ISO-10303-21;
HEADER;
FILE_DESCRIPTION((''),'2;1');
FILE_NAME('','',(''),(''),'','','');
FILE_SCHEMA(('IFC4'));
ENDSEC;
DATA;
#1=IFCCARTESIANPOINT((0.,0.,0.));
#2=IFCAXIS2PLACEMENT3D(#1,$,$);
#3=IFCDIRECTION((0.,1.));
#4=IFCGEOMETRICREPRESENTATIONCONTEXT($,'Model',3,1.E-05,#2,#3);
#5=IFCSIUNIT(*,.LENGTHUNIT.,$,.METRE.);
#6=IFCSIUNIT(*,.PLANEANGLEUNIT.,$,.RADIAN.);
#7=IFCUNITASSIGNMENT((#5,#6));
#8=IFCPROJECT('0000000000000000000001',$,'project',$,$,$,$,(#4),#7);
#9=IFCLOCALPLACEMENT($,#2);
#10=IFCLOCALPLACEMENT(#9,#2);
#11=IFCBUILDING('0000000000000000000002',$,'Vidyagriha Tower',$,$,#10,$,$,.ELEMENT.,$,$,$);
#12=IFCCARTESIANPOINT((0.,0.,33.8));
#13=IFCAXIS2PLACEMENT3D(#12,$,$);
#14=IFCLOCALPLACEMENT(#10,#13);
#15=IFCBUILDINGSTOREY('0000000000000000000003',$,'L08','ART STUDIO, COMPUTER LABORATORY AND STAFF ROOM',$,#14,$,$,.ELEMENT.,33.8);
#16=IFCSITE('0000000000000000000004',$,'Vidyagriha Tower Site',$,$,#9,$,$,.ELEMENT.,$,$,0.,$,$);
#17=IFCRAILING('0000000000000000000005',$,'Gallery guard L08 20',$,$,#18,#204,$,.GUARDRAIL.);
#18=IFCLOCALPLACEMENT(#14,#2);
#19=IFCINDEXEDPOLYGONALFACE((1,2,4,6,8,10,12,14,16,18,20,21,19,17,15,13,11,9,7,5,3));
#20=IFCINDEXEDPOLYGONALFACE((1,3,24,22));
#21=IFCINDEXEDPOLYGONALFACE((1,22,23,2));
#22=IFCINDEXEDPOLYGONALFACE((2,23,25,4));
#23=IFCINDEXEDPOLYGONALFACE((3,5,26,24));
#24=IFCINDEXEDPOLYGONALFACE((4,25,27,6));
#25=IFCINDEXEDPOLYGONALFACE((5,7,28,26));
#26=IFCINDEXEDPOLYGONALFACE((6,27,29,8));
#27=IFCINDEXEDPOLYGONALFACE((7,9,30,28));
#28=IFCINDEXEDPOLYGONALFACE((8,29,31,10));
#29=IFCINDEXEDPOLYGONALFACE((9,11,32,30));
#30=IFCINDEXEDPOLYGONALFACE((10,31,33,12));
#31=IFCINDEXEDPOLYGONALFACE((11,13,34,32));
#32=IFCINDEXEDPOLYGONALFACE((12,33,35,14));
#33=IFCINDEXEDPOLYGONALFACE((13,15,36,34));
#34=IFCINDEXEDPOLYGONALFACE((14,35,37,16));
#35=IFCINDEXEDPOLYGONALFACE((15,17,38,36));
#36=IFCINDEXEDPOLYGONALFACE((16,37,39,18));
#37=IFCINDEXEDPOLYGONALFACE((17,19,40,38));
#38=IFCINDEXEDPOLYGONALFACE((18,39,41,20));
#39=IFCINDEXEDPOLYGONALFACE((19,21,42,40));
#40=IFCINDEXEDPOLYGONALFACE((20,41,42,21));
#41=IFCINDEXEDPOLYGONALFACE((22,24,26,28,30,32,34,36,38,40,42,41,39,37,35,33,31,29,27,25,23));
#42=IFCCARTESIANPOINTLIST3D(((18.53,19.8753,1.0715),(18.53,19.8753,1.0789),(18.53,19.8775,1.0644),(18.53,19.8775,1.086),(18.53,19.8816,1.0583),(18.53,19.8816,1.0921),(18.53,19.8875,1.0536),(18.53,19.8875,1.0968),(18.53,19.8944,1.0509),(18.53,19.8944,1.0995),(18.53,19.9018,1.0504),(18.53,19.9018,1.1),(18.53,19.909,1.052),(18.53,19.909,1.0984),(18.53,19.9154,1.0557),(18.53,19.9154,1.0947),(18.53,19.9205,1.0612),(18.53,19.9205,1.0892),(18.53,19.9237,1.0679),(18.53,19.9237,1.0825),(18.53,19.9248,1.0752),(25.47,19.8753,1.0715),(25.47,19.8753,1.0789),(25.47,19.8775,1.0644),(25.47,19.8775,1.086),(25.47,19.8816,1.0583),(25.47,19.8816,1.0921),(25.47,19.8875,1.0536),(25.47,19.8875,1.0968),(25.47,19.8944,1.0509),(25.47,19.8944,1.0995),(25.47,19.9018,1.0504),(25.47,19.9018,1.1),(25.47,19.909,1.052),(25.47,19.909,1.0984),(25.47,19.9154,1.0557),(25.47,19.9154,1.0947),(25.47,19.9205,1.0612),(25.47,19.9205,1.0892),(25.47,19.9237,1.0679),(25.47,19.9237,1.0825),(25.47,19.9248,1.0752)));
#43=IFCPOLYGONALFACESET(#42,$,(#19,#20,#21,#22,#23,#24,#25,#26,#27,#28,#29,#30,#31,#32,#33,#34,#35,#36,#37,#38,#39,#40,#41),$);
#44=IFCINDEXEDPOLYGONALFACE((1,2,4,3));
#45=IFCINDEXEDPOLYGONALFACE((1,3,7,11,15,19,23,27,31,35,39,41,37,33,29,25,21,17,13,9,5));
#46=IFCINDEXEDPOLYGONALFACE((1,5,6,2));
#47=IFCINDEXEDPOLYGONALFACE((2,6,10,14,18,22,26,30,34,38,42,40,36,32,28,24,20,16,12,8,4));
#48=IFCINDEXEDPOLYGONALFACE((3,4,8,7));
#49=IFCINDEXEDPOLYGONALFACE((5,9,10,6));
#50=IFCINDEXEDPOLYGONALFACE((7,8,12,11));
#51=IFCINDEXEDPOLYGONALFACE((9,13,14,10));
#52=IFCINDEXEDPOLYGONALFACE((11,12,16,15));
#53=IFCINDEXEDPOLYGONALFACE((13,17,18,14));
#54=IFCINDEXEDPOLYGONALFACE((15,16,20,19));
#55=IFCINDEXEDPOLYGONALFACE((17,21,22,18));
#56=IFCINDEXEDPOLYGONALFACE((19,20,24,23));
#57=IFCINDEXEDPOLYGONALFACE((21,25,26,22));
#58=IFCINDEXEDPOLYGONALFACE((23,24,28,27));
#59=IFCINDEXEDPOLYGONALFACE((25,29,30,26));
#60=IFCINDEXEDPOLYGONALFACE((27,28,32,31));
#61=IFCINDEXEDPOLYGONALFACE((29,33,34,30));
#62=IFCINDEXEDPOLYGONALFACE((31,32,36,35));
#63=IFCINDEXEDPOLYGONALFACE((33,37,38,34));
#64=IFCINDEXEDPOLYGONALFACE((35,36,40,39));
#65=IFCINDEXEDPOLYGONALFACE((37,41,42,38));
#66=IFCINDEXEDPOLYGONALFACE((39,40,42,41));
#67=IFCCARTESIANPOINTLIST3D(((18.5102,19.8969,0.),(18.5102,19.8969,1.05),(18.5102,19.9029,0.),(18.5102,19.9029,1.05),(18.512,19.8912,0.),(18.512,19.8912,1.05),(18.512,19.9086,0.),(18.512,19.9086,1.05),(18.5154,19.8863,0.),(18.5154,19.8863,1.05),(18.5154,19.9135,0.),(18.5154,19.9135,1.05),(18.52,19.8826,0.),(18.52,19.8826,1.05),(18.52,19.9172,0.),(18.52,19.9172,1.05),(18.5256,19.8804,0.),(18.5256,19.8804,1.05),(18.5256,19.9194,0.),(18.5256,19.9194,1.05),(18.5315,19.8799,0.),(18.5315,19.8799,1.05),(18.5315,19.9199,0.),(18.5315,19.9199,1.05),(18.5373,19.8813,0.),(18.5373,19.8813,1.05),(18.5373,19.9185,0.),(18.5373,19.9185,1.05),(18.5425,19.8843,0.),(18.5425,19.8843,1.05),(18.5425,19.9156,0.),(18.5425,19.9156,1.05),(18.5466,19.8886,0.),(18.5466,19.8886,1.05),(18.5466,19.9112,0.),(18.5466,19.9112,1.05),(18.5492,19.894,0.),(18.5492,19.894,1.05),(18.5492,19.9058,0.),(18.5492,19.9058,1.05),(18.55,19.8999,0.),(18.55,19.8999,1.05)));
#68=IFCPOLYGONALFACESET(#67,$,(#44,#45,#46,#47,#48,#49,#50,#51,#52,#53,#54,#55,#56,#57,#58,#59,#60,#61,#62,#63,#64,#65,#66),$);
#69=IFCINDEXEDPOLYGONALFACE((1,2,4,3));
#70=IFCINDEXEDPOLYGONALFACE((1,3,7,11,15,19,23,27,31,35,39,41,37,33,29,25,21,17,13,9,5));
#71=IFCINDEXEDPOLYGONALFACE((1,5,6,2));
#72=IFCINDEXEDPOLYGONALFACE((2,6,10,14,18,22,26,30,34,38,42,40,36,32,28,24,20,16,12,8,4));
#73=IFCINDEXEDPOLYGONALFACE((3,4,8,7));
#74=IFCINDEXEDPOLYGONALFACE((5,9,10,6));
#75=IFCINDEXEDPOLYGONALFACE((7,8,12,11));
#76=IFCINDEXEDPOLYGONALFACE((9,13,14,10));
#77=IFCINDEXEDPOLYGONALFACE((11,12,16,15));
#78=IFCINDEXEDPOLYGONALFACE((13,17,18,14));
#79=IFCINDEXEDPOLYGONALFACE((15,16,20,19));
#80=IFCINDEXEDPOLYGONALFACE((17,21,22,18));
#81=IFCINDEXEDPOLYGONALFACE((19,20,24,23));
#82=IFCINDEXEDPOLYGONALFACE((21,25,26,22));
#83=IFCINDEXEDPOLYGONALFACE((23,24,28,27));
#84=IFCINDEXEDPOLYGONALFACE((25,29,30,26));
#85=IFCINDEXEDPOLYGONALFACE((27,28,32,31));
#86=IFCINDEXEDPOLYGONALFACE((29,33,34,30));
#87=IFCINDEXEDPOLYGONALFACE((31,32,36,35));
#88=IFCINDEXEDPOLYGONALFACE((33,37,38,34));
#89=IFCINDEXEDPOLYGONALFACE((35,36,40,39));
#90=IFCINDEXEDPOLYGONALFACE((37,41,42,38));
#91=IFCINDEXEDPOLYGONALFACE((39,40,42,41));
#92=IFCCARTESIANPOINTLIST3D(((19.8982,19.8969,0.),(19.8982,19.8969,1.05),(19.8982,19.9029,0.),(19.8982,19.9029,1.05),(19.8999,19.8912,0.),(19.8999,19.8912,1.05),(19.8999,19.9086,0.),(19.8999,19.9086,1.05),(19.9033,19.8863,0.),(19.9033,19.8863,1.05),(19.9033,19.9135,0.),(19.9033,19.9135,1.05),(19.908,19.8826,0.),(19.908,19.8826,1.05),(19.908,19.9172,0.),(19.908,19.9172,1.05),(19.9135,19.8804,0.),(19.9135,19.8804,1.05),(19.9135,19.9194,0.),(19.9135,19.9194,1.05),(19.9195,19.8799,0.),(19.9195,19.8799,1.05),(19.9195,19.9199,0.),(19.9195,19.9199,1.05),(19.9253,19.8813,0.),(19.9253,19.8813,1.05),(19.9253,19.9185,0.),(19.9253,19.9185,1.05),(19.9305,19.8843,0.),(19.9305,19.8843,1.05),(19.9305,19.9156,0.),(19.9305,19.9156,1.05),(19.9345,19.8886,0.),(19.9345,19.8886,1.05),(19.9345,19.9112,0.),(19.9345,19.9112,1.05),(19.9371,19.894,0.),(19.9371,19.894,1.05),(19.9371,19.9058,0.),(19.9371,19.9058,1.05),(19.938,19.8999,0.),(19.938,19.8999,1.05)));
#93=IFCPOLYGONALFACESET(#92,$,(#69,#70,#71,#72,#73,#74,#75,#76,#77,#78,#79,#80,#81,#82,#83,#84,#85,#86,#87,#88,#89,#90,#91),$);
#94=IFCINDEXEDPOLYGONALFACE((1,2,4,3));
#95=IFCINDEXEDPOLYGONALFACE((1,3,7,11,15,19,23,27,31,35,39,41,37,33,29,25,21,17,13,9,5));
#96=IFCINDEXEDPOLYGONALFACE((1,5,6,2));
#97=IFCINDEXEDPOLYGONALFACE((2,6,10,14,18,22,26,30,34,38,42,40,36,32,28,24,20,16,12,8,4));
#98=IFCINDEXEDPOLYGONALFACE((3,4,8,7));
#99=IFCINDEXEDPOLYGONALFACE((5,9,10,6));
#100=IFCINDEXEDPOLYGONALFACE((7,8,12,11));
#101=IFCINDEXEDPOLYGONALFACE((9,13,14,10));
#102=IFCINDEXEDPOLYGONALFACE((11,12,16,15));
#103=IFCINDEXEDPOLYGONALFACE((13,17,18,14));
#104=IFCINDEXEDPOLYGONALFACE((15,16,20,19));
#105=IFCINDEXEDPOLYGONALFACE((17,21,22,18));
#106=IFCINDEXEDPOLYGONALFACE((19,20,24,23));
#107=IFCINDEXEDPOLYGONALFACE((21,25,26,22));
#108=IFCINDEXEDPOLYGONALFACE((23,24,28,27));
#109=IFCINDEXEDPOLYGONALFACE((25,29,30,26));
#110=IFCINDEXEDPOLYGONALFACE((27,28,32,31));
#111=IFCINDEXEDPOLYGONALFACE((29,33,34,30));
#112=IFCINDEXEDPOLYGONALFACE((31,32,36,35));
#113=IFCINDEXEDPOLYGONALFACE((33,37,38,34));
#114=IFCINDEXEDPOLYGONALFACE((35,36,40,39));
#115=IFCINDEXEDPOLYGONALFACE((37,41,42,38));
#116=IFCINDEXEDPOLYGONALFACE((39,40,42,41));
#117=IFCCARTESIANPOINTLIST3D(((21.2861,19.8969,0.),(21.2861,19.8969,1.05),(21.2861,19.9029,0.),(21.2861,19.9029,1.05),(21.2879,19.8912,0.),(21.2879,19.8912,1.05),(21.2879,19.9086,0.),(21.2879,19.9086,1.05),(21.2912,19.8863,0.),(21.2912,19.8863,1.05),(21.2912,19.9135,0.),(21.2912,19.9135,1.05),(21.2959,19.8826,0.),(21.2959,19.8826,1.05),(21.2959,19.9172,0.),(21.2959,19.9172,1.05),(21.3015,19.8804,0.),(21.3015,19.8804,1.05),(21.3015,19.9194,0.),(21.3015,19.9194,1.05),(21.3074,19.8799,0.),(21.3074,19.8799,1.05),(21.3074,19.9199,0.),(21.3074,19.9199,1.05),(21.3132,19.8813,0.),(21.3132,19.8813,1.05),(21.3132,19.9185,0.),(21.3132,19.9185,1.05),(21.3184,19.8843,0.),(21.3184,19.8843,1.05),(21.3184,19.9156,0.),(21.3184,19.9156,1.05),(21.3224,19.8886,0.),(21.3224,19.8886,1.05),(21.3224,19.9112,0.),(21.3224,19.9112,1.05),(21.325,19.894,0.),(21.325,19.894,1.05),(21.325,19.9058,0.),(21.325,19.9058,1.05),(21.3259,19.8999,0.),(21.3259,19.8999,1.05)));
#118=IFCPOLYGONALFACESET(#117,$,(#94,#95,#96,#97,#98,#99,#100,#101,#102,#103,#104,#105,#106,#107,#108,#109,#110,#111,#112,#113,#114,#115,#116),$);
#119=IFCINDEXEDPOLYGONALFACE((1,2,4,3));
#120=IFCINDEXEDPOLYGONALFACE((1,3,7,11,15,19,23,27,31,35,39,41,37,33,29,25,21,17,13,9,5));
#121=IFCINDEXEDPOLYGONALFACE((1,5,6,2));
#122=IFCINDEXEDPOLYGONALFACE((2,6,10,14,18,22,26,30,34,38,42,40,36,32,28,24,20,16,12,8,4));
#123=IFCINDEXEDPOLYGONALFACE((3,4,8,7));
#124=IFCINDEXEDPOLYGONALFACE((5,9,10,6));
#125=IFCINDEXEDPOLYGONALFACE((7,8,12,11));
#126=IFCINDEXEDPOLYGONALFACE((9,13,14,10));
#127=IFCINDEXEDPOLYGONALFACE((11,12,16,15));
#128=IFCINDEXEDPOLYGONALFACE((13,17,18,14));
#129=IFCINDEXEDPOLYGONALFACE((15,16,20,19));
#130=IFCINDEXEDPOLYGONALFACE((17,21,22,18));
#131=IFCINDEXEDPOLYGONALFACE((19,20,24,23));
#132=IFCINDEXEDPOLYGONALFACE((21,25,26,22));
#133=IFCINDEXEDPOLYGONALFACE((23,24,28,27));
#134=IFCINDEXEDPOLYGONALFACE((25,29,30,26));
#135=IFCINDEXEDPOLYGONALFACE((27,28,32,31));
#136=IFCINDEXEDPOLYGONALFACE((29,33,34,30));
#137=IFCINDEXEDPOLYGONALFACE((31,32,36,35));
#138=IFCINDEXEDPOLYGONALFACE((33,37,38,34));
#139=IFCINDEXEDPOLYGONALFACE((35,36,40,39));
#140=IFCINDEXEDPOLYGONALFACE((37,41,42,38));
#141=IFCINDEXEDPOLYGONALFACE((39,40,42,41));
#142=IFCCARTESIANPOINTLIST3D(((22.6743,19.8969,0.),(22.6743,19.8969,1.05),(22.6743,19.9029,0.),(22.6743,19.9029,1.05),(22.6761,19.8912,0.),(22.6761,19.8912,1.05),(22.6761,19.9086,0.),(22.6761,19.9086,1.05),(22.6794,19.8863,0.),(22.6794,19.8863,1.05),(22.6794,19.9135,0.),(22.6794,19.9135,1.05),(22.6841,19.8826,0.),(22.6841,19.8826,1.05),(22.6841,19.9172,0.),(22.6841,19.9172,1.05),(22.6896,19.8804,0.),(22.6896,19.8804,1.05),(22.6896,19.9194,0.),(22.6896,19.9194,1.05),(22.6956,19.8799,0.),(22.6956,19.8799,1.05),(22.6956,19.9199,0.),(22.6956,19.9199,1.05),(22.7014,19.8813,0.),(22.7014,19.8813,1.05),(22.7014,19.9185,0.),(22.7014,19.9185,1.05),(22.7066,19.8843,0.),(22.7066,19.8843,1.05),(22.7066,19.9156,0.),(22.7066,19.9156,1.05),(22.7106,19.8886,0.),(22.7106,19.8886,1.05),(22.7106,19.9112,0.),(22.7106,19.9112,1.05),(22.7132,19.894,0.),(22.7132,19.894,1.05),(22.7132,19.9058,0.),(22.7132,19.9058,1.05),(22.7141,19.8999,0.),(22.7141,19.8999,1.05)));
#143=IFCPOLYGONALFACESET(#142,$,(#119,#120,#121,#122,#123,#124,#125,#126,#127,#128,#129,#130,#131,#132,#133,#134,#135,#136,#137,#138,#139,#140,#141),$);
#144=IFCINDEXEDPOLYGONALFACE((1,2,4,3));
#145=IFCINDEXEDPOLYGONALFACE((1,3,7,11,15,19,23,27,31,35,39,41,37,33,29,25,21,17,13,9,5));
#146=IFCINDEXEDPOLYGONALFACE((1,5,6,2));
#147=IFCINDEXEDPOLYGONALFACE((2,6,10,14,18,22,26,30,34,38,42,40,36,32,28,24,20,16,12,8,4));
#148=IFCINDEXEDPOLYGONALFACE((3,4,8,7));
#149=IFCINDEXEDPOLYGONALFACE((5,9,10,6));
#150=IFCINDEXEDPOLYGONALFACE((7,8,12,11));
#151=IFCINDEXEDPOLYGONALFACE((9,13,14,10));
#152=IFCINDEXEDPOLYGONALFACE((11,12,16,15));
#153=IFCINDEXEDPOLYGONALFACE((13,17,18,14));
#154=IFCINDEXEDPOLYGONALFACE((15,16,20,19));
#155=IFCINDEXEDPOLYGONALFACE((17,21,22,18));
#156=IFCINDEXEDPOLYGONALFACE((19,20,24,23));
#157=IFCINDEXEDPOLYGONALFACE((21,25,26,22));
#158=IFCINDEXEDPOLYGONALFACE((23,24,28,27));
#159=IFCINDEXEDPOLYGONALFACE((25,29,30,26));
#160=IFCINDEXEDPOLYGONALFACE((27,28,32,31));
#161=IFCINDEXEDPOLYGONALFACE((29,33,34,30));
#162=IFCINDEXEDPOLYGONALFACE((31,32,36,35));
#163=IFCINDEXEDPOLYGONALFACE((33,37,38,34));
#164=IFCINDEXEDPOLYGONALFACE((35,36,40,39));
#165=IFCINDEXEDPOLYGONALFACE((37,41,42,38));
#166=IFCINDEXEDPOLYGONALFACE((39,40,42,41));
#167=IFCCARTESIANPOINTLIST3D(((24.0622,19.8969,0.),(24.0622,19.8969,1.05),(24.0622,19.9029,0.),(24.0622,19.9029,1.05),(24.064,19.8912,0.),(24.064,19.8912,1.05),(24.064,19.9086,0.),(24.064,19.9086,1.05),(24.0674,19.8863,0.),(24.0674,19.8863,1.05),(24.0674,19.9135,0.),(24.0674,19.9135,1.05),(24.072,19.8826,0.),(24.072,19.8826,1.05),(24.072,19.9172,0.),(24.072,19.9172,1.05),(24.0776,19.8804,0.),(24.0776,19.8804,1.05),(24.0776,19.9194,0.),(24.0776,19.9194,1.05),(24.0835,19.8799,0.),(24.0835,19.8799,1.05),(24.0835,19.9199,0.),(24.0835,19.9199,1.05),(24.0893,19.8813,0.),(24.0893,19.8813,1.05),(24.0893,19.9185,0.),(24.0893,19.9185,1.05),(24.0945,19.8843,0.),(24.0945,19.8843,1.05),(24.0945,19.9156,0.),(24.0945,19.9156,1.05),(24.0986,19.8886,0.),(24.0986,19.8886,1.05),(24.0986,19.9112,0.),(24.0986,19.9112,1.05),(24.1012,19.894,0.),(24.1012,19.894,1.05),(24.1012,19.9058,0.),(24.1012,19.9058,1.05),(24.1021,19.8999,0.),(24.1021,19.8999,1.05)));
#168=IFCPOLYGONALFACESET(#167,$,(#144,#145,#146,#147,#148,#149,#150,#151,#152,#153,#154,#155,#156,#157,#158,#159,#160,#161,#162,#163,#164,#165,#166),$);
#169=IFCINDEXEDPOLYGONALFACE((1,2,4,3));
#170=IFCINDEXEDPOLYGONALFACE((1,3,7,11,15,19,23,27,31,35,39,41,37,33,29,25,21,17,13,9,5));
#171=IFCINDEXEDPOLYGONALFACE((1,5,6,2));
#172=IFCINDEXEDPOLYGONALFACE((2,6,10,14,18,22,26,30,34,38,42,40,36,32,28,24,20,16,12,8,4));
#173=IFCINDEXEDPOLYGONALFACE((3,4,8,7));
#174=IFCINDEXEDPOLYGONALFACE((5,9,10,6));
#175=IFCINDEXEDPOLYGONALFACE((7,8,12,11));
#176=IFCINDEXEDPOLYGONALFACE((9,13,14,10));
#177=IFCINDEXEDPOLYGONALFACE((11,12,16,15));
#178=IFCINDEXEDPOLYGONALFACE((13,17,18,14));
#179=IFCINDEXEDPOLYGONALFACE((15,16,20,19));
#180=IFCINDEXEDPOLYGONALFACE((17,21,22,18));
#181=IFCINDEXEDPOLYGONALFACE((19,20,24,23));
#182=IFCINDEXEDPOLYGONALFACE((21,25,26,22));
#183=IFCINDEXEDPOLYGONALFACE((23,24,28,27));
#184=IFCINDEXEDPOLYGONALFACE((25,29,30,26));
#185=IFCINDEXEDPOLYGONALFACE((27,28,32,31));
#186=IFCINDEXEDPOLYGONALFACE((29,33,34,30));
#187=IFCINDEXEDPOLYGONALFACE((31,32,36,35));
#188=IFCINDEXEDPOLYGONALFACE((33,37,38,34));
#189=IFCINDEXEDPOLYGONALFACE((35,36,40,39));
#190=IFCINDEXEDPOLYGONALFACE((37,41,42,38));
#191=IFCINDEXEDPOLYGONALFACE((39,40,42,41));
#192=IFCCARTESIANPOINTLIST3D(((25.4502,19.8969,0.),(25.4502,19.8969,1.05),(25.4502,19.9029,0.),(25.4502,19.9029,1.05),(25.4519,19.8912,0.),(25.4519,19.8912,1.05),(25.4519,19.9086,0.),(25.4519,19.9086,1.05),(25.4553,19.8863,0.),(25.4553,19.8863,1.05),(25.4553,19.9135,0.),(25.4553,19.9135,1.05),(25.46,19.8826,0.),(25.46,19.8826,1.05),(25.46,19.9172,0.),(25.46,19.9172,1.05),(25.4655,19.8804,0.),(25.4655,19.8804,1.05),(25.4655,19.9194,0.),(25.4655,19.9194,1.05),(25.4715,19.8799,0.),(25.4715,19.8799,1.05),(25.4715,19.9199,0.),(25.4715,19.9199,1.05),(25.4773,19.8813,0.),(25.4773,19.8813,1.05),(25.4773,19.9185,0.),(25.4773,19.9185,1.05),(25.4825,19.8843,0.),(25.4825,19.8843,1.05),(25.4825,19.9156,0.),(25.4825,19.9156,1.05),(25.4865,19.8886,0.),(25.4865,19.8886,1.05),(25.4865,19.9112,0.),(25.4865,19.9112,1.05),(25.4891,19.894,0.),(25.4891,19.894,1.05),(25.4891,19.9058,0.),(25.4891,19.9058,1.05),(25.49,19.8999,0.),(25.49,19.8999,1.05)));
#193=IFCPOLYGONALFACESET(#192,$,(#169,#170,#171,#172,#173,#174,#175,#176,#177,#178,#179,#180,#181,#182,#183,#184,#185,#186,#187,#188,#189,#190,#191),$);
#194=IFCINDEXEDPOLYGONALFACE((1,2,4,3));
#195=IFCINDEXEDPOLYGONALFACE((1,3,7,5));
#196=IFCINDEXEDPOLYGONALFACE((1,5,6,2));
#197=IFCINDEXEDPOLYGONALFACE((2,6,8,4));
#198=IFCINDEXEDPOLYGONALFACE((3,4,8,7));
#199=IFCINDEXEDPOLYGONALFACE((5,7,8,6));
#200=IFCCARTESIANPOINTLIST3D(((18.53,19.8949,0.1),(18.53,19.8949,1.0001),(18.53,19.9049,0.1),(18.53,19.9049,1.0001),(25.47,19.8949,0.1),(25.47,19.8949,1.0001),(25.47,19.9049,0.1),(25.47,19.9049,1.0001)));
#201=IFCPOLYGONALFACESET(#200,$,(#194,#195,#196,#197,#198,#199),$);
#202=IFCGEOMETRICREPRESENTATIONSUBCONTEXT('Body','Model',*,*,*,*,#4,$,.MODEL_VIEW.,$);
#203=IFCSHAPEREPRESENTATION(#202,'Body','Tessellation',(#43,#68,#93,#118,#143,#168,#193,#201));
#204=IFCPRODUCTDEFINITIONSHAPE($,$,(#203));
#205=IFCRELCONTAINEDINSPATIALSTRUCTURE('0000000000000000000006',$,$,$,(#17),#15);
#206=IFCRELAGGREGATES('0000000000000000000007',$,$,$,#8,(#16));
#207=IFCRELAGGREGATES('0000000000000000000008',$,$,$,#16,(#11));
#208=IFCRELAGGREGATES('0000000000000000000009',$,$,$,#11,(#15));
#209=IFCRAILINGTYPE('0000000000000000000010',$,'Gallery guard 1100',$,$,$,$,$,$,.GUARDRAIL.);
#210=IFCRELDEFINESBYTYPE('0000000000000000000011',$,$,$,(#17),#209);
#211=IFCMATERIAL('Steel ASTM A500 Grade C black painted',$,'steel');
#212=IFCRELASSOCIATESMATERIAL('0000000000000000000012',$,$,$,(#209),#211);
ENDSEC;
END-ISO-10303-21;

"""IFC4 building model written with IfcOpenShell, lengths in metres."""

from ifc_helpers import new_model, si_unit, direction, frame, origin, origin_2d, place, context, subcontext, project, spatial, rectangle, circle, extrude, material, type_object, element, save


model = new_model("IFC4")

# Units and contexts
model_context = context("Model", 3, precision=1e-05, world=origin(), true_north=direction((0.0, 1.0)))
body_context = subcontext(model_context, "Body", "Model", "MODEL_VIEW")
ifc_project = project(units=[si_unit("LENGTHUNIT", "METRE"), si_unit("PLANEANGLEUNIT", "RADIAN")], contexts=[model_context])

# Site, building, storey
site_placement = place(None, origin())
site = spatial("IfcSite", under=ifc_project, at=site_placement, Name="Vidyagriha Tower Site", CompositionType="ELEMENT", RefElevation=0.0)
building_placement = place(site_placement, origin())
building = spatial("IfcBuilding", under=site, at=building_placement, Name="Vidyagriha Tower", CompositionType="ELEMENT")
storey_placement = place(building_placement, frame((0.0, 0.0, 33.8)))
storey = spatial("IfcBuildingStorey", under=building, at=storey_placement, Name="L08", Description="ART STUDIO, COMPUTER LABORATORY AND STAFF ROOM", CompositionType="ELEMENT", Elevation=33.8)

# Railing
ifc_material_1 = material(Name="Steel ASTM A500 Grade C black painted", Category="steel")
railing_type_1 = type_object("IfcRailingType", Name="Gallery guard 1100", PredefinedType="GUARDRAIL", material=ifc_material_1)
railing_1_placement = place(storey_placement, frame((18.53, 19.8999, 0.0)))
element("IfcRailing", 1, at=railing_1_placement, inside=storey, type_object=railing_type_1, Name="Gallery guard L08 20", PredefinedType="GUARDRAIL", context=body_context, shape_type="SweptSolid", body=[
    extrude(circle(Radius=0.0249, at=origin_2d()), frame((0.0, 0.0, 1.0752), z_axis=(1.0, 0.0, 0.0), x_axis=(0.0, 1.0, 0.0)), (0.0, 0.0, 1.0), 6.9399),
    extrude(circle(Radius=0.02, at=origin_2d()), origin(), (0.0, 0.0, 1.0), 1.05),
    extrude(circle(Radius=0.02, at=origin_2d()), frame((1.3879, 0.0, 0.0)), (0.0, 0.0, 1.0), 1.05),
    extrude(circle(Radius=0.02, at=origin_2d()), frame((2.7759, 0.0, 0.0)), (0.0, 0.0, 1.0), 1.05),
    extrude(circle(Radius=0.02, at=origin_2d()), frame((4.1641, 0.0, 0.0)), (0.0, 0.0, 1.0), 1.05),
    extrude(circle(Radius=0.02, at=origin_2d()), frame((5.552, 0.0, 0.0)), (0.0, 0.0, 1.0), 1.05),
    extrude(circle(Radius=0.02, at=origin_2d()), frame((6.9399, 0.0, 0.0)), (0.0, 0.0, 1.0), 1.05),
    extrude(rectangle(XDim=0.01, YDim=0.9001, at=origin_2d()), frame((0.0, 0.0, 0.55), z_axis=(1.0, 0.0, 0.0), x_axis=(0.0, 1.0, 0.0)), (0.0, 0.0, 1.0), 6.9399),
])

save(model, "model.ifc")
